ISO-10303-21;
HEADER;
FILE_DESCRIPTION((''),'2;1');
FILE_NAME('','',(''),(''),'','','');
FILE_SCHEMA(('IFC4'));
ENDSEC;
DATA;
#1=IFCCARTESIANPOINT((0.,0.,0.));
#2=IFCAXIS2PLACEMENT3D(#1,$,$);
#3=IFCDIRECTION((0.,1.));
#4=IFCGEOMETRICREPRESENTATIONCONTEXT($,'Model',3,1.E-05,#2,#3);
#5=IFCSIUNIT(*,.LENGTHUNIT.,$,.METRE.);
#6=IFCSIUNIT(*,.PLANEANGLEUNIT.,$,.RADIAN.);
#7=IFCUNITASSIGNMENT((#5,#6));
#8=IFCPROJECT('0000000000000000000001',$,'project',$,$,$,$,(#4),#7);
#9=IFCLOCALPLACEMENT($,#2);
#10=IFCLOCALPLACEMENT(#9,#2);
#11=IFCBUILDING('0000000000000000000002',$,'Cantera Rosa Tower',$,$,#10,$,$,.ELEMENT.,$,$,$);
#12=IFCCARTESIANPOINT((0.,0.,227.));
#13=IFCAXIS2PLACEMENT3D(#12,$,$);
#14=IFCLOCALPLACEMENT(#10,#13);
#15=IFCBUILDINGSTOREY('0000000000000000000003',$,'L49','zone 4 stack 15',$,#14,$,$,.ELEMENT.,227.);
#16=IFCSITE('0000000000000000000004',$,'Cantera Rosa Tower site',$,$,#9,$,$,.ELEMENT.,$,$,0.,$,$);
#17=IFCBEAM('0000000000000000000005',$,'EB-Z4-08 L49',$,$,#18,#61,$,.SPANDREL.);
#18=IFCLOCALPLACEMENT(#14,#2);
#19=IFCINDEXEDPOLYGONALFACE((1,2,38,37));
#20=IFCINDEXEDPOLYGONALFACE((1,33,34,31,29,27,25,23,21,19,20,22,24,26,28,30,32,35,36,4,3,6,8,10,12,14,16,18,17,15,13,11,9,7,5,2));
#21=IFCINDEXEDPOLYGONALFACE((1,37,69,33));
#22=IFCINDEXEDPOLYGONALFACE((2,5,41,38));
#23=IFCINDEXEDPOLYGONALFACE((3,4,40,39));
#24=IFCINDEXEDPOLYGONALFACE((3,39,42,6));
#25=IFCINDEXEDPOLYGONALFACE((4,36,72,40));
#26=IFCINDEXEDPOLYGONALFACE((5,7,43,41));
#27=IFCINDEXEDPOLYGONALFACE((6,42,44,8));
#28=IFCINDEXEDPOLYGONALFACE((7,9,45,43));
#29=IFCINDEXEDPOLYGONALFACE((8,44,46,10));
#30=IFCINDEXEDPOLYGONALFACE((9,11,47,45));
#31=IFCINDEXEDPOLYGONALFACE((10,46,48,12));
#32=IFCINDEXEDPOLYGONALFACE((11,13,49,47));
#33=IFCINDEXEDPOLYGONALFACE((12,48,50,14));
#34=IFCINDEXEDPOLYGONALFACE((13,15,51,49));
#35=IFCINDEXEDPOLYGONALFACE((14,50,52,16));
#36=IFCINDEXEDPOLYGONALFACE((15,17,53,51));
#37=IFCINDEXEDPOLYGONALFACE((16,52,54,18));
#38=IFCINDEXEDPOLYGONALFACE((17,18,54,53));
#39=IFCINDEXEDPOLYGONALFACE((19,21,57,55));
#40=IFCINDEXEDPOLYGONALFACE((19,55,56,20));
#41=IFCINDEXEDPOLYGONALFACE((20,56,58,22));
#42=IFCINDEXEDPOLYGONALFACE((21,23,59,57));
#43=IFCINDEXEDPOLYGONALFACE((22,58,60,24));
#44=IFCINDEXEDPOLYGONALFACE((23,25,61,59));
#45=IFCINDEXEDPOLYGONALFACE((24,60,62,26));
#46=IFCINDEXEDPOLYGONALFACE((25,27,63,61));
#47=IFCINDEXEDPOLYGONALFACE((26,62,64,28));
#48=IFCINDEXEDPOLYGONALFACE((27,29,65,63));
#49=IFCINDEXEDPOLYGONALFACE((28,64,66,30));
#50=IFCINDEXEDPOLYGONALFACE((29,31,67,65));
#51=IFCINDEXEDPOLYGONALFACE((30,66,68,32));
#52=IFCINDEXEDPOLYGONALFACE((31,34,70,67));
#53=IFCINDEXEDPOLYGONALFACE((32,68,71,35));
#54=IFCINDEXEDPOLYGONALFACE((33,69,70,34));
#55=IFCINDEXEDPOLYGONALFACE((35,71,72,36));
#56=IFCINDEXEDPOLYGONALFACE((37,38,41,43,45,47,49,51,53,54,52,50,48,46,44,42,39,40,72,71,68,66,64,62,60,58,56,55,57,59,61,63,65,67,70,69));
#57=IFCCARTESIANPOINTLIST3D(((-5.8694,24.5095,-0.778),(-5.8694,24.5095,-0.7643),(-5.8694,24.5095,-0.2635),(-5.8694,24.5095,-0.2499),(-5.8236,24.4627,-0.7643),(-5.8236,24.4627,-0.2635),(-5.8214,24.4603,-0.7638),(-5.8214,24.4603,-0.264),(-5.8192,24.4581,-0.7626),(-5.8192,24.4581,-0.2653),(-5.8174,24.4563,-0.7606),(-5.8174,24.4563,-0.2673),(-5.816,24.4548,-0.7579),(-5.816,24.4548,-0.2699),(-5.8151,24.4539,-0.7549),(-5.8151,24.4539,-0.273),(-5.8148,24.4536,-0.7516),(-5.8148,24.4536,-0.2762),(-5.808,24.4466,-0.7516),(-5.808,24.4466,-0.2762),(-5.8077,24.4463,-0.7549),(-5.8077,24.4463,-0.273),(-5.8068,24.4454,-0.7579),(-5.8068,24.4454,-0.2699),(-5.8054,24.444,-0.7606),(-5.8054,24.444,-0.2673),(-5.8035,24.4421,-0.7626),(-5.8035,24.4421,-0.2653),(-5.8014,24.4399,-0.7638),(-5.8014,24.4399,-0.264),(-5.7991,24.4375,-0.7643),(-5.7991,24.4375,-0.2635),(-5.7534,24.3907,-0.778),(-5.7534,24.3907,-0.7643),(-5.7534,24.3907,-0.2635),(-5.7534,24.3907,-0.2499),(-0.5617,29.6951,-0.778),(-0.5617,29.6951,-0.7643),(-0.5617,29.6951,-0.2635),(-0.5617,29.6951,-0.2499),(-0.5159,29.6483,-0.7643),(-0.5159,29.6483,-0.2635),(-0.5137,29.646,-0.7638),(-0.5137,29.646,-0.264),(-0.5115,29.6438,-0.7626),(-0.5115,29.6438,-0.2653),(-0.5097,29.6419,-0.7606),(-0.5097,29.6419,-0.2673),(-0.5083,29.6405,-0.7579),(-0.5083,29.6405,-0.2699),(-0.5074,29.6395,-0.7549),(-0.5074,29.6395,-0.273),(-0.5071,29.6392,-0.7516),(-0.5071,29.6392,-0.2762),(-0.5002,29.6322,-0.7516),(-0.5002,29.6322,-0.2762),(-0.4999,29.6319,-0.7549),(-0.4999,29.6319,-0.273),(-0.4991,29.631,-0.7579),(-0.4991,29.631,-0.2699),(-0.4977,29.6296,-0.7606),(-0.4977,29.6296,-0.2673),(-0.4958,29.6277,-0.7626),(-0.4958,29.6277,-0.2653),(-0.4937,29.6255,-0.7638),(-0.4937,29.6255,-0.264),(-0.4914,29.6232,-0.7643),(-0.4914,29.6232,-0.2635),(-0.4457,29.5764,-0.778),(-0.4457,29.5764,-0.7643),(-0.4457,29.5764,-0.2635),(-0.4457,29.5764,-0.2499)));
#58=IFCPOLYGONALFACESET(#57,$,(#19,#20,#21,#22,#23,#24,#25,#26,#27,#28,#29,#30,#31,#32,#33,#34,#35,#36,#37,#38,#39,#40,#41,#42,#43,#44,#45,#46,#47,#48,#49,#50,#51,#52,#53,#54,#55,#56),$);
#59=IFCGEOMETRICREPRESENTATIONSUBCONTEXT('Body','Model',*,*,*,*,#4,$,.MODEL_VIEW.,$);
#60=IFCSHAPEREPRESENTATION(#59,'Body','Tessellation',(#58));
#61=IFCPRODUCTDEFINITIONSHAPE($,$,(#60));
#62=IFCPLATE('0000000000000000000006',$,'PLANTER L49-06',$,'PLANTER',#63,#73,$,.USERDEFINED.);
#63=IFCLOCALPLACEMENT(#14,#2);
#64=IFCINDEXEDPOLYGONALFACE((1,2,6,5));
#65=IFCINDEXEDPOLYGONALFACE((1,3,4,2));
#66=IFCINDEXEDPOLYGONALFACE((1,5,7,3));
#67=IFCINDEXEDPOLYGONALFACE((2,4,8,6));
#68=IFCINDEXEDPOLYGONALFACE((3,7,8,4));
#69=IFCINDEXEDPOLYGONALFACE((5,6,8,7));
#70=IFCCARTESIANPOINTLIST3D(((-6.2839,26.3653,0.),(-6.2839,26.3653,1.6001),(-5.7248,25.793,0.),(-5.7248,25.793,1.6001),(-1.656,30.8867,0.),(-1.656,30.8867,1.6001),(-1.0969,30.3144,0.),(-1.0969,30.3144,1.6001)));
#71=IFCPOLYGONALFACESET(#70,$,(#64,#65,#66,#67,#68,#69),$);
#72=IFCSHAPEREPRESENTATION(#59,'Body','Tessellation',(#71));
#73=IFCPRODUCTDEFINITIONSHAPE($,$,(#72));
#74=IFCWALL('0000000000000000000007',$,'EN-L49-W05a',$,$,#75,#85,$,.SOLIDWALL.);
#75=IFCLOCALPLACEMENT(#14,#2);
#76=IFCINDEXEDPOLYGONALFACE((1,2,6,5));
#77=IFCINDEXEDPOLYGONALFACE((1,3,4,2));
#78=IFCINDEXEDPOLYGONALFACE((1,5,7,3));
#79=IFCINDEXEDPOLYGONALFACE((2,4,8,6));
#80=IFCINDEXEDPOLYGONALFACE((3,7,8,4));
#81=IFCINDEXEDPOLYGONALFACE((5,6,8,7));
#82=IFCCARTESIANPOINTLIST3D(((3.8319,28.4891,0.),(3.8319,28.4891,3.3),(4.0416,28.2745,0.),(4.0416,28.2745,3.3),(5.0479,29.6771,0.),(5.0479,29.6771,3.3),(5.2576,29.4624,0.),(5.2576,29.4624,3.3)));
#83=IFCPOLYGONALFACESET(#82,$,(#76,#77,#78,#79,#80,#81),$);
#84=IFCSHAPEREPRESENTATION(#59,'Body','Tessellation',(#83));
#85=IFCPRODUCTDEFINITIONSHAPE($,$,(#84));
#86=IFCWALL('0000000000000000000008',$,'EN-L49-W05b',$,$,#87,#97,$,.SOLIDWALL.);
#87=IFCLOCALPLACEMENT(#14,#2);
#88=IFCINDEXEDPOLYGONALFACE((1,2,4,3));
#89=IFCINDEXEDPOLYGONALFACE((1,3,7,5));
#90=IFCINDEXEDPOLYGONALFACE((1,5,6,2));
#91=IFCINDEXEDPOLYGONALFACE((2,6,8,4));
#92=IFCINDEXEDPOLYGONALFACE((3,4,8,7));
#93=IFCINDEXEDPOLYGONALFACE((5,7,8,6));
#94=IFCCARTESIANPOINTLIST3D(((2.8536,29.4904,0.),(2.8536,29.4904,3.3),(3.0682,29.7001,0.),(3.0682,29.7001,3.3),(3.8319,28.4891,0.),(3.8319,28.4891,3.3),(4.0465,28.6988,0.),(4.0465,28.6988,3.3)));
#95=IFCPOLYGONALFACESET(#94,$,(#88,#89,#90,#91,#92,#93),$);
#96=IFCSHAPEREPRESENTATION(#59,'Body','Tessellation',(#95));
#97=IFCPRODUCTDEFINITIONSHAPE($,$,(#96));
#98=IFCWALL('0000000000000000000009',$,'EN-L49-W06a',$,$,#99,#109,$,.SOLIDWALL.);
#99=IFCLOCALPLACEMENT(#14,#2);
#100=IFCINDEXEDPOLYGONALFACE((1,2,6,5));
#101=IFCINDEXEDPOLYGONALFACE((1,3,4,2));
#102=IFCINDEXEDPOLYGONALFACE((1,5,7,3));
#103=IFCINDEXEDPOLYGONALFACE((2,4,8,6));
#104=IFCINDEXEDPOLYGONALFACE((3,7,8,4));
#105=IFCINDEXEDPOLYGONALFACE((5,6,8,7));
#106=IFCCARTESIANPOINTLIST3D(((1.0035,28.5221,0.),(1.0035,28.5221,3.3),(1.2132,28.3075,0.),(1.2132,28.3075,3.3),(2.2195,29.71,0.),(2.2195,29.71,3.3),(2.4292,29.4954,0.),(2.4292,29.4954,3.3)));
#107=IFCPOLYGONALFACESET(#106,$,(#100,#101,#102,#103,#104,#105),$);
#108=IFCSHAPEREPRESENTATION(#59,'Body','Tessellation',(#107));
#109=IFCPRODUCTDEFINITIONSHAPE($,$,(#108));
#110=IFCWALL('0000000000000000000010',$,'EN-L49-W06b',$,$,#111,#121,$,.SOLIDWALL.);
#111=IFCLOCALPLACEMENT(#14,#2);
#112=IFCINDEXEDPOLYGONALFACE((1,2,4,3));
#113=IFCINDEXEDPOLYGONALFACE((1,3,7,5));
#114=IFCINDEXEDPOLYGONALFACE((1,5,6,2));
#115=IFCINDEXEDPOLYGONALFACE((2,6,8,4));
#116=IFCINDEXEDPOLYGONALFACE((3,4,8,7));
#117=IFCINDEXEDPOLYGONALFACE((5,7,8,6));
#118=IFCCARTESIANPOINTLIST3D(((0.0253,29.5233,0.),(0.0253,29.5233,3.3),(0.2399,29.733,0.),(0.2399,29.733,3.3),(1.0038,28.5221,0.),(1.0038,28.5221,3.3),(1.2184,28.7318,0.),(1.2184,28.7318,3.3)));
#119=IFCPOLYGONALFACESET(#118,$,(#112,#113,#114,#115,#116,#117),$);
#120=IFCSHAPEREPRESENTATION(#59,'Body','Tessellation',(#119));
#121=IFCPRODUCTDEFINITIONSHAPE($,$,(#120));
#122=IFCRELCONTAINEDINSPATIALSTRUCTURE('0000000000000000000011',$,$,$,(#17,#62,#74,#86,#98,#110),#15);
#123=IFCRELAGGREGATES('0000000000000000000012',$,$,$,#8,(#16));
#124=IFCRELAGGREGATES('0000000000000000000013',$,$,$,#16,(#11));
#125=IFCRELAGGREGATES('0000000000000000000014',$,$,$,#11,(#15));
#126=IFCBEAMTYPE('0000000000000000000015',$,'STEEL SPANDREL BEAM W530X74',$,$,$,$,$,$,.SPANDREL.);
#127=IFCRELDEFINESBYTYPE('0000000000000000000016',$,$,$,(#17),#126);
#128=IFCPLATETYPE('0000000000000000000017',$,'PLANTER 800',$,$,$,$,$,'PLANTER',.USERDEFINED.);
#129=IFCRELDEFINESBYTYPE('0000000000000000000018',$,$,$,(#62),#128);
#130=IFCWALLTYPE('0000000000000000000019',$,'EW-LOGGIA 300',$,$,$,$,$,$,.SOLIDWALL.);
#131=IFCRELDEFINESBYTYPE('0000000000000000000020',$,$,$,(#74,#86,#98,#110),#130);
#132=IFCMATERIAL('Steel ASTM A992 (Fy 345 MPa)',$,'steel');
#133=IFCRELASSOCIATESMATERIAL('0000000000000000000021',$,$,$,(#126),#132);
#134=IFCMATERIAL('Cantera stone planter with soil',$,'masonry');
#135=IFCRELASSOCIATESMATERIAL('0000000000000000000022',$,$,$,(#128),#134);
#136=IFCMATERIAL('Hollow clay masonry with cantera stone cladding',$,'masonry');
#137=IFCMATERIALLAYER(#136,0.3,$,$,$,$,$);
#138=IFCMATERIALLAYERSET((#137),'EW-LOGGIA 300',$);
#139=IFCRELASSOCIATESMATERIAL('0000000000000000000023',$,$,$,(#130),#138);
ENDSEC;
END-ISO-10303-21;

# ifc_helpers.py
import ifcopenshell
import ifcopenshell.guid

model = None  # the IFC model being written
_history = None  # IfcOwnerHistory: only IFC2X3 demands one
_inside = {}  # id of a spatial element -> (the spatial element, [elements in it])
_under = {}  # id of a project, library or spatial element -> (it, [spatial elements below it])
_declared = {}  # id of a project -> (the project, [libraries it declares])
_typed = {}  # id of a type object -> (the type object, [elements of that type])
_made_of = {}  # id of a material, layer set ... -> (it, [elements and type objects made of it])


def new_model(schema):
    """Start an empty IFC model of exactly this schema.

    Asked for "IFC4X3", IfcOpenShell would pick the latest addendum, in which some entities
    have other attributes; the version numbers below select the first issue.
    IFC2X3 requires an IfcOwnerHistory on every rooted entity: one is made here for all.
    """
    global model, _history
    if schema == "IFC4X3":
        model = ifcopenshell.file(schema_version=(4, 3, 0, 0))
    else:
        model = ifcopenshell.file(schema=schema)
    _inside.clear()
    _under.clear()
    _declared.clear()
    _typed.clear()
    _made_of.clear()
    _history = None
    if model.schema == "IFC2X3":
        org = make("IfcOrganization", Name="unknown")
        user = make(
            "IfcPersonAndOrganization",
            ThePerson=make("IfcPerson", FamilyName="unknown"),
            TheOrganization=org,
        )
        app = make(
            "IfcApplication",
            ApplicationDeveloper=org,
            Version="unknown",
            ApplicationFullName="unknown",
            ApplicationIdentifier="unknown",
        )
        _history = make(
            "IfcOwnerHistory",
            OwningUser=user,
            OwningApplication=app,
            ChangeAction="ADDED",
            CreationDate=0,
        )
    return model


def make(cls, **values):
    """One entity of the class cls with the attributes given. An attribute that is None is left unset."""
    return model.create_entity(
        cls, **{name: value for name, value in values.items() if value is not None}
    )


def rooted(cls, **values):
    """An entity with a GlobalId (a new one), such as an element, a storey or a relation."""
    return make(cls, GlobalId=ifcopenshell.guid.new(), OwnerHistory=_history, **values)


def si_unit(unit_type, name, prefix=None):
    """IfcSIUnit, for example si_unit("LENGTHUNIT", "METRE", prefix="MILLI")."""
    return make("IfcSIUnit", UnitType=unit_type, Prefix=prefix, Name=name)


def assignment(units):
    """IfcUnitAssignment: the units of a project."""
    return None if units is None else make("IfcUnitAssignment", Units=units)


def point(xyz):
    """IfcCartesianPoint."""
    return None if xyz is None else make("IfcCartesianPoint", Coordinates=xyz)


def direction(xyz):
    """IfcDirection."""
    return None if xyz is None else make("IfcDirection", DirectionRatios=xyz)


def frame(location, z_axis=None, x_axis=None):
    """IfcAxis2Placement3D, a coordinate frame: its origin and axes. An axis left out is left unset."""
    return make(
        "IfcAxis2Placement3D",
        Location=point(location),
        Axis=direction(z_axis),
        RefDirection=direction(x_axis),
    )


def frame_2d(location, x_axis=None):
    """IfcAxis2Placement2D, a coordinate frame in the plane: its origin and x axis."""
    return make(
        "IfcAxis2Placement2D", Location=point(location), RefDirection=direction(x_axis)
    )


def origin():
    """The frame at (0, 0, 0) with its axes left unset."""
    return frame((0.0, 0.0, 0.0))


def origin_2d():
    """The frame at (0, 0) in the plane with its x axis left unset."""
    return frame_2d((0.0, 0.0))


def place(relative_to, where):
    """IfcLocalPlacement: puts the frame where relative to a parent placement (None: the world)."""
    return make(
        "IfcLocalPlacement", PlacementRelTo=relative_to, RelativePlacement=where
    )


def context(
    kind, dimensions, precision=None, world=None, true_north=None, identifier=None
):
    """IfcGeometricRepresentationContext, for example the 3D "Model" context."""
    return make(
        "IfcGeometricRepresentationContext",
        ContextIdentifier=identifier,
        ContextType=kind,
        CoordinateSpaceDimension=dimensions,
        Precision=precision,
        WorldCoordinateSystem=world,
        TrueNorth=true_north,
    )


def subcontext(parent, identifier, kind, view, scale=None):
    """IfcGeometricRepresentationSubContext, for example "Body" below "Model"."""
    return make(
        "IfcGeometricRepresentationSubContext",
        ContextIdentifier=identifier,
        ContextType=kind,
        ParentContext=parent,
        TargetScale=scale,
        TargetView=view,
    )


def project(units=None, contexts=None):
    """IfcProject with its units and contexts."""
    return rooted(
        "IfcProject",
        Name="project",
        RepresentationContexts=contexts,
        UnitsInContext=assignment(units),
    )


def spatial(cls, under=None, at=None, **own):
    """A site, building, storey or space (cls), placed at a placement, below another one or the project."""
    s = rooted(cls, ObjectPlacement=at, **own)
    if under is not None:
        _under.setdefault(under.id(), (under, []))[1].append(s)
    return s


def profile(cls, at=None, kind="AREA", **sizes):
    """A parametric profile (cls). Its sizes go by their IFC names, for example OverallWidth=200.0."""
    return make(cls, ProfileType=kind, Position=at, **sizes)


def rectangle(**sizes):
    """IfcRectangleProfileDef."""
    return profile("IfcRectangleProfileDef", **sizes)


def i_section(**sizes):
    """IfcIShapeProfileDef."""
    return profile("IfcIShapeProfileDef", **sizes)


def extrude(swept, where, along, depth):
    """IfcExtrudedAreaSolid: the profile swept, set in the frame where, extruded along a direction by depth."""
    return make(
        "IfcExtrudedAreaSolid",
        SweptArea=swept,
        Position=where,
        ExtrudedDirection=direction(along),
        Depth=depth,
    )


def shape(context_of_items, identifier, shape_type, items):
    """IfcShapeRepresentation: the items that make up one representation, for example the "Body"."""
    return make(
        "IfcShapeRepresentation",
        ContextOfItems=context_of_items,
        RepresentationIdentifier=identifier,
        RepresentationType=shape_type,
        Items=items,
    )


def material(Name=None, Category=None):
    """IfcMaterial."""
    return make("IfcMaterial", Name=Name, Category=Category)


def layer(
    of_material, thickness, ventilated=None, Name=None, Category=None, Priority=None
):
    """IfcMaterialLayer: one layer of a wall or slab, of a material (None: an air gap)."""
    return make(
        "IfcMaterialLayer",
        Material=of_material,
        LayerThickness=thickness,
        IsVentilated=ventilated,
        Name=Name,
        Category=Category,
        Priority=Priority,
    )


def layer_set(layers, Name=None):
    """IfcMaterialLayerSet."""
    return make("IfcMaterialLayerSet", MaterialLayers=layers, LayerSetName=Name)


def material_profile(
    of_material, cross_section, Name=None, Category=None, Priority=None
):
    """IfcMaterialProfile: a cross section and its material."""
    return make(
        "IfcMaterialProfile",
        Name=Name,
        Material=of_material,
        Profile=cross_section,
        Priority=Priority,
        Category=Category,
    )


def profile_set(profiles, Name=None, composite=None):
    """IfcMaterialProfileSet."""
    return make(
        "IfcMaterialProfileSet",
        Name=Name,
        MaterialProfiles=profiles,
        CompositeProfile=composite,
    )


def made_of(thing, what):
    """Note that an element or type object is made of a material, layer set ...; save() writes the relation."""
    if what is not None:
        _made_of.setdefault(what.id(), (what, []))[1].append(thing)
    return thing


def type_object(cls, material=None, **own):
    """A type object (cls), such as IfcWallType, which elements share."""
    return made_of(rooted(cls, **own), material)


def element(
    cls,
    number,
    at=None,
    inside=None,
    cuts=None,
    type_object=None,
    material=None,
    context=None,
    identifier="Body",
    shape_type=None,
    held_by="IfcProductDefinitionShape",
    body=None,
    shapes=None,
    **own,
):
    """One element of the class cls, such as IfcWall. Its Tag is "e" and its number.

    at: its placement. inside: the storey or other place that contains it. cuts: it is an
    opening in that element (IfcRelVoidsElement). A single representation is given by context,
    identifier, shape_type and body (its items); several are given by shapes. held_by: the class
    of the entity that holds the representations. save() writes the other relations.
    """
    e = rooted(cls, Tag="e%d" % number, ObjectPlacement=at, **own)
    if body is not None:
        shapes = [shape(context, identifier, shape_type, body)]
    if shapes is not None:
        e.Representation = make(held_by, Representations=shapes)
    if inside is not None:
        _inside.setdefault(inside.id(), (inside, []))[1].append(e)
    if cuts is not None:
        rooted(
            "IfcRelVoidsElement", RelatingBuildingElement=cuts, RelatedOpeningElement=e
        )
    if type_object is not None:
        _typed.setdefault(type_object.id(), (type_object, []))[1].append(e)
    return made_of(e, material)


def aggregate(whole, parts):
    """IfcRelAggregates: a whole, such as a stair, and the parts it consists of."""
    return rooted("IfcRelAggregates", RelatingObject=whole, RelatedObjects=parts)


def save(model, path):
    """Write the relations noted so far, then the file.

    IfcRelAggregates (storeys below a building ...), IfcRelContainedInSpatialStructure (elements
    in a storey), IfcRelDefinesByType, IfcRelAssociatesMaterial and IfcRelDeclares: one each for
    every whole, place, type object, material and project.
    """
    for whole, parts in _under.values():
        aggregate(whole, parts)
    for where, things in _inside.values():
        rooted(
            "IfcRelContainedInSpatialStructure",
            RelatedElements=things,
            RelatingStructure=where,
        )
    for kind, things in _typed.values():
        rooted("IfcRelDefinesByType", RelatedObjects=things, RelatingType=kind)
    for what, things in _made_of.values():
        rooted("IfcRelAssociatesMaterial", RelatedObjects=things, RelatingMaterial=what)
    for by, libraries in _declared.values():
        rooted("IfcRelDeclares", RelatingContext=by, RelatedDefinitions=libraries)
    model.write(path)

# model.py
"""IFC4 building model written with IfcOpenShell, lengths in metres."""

from ifc_helpers import new_model, si_unit, direction, frame, frame_2d, origin, origin_2d, place, context, subcontext, project, spatial, rectangle, i_section, extrude, material, layer, layer_set, material_profile, profile_set, type_object, element, save


model = new_model("IFC4")

# Units and contexts
model_context = context("Model", 3, precision=1e-05, world=origin(), true_north=direction((0.0, 1.0)))
body_context = subcontext(model_context, "Body", "Model", "MODEL_VIEW")
ifc_project = project(units=[si_unit("LENGTHUNIT", "METRE"), si_unit("PLANEANGLEUNIT", "RADIAN")], contexts=[model_context])

# Site, building, storey
site_placement = place(None, origin())
site = spatial("IfcSite", under=ifc_project, at=site_placement, Name="Cantera Rosa Tower site", CompositionType="ELEMENT", RefElevation=0.0)
building_placement = place(site_placement, origin())
building = spatial("IfcBuilding", under=site, at=building_placement, Name="Cantera Rosa Tower", CompositionType="ELEMENT")
storey_placement = place(building_placement, frame((0.0, 0.0, 227.0)))
storey = spatial("IfcBuildingStorey", under=building, at=storey_placement, Name="L49", Description="zone 4 stack 15", CompositionType="ELEMENT", Elevation=227.0)

# Beam
ifc_material_1 = material(Name="Steel ASTM A992 (Fy 345 MPa)", Category="steel")
ifc_material_profile_1 = material_profile(ifc_material_1, i_section(OverallWidth=0.166, OverallDepth=0.5281, WebThickness=0.0098, FlangeThickness=0.0137, FilletRadius=0.0127, at=origin_2d()), Name="W530X74")
ifc_profile_set_1 = profile_set([ifc_material_profile_1], Name="Steel ASTM A992 (Fy 345 MPa)")
beam_type_1 = type_object("IfcBeamType", Name="STEEL SPANDREL BEAM W530X74", PredefinedType="SPANDREL", material=ifc_profile_set_1)
beam_1_placement = place(storey_placement, frame((-0.5037, 29.6357, -0.5139), z_axis=(-0.715284, -0.698833, 0.0), x_axis=(0.698833, -0.715284, 0.0)))
element("IfcBeam", 1, at=beam_1_placement, inside=storey, type_object=beam_type_1, Name="EB-Z4-08 L49", PredefinedType="SPANDREL", context=body_context, shape_type="SweptSolid", body=[
    extrude(i_section(OverallWidth=0.166, OverallDepth=0.5281, WebThickness=0.0098, FlangeThickness=0.0137, FilletRadius=0.0127, at=origin_2d()), origin(), (0.0, 0.0, 1.0), 7.4204),
])

# Plate
ifc_material_2 = material(Name="Cantera stone planter with soil", Category="masonry")
plate_type = type_object("IfcPlateType", Name="PLANTER 800", ElementType="PLANTER", PredefinedType="USERDEFINED", material=ifc_material_2)
plate_placement = place(storey_placement, frame((-3.6904, 28.3398, 0.0), z_axis=(0.0, 0.0, 1.0), x_axis=(-0.715286, -0.698832, 0.0)))
element("IfcPlate", 2, at=plate_placement, inside=storey, type_object=plate_type, Name="PLANTER L49-06", ObjectType="PLANTER", PredefinedType="USERDEFINED", context=body_context, shape_type="SweptSolid", body=[
    extrude(rectangle(XDim=6.47, YDim=0.8, at=origin_2d()), origin(), (0.0, 0.0, 1.0), 1.6001),
])

# Walls
ifc_material_3 = material(Name="Hollow clay masonry with cantera stone cladding", Category="masonry")
ifc_layer_1 = layer(ifc_material_3, 0.3)
ifc_layer_set_1 = layer_set([ifc_layer_1], Name="EW-LOGGIA 300")
wall_type_1 = type_object("IfcWallType", Name="EW-LOGGIA 300", PredefinedType="SOLIDWALL", material=ifc_layer_set_1)
wall_1_placement = place(storey_placement, frame((5.1528, 29.5698, 0.0), z_axis=(0.0, 0.0, 1.0), x_axis=(-0.715316, -0.698801, 0.0)))
element("IfcWall", 3, at=wall_1_placement, inside=storey, type_object=wall_type_1, Name="EN-L49-W05a", PredefinedType="SOLIDWALL", context=body_context, shape_type="SweptSolid", body=[
    extrude(rectangle(XDim=1.7, YDim=0.3, at=frame_2d((0.8501, 0.0))), origin(), (0.0, 0.0, 1.0), 3.3),
])
wall_2_placement = place(storey_placement, frame((3.9392, 28.594, 0.0), z_axis=(0.0, 0.0, 1.0), x_axis=(-0.698862, 0.715257, 0.0)))
element("IfcWall", 4, at=wall_2_placement, inside=storey, type_object=wall_type_1, Name="EN-L49-W05b", PredefinedType="SOLIDWALL", context=body_context, shape_type="SweptSolid", body=[
    extrude(rectangle(XDim=1.3999, YDim=0.3, at=frame_2d((0.7, 0.0))), origin(), (0.0, 0.0, 1.0), 3.3),
])
wall_3_placement = place(storey_placement, frame((2.3245, 29.6028, 0.0), z_axis=(0.0, 0.0, 1.0), x_axis=(-0.715316, -0.698801, 0.0)))
element("IfcWall", 5, at=wall_3_placement, inside=storey, type_object=wall_type_1, Name="EN-L49-W06a", PredefinedType="SOLIDWALL", context=body_context, shape_type="SweptSolid", body=[
    extrude(rectangle(XDim=1.7, YDim=0.3, at=frame_2d((0.8501, 0.0))), origin(), (0.0, 0.0, 1.0), 3.3),
])
wall_4_placement = place(storey_placement, frame((1.1111, 28.627, 0.0), z_axis=(0.0, 0.0, 1.0), x_axis=(-0.698951, 0.715169, 0.0)))
element("IfcWall", 6, at=wall_4_placement, inside=storey, type_object=wall_type_1, Name="EN-L49-W06b", PredefinedType="SOLIDWALL", context=body_context, shape_type="SweptSolid", body=[
    extrude(rectangle(XDim=1.3999, YDim=0.3, at=frame_2d((0.7, 0.0))), origin(), (0.0, 0.0, 1.0), 3.3),
])

save(model, "model.ifc")
